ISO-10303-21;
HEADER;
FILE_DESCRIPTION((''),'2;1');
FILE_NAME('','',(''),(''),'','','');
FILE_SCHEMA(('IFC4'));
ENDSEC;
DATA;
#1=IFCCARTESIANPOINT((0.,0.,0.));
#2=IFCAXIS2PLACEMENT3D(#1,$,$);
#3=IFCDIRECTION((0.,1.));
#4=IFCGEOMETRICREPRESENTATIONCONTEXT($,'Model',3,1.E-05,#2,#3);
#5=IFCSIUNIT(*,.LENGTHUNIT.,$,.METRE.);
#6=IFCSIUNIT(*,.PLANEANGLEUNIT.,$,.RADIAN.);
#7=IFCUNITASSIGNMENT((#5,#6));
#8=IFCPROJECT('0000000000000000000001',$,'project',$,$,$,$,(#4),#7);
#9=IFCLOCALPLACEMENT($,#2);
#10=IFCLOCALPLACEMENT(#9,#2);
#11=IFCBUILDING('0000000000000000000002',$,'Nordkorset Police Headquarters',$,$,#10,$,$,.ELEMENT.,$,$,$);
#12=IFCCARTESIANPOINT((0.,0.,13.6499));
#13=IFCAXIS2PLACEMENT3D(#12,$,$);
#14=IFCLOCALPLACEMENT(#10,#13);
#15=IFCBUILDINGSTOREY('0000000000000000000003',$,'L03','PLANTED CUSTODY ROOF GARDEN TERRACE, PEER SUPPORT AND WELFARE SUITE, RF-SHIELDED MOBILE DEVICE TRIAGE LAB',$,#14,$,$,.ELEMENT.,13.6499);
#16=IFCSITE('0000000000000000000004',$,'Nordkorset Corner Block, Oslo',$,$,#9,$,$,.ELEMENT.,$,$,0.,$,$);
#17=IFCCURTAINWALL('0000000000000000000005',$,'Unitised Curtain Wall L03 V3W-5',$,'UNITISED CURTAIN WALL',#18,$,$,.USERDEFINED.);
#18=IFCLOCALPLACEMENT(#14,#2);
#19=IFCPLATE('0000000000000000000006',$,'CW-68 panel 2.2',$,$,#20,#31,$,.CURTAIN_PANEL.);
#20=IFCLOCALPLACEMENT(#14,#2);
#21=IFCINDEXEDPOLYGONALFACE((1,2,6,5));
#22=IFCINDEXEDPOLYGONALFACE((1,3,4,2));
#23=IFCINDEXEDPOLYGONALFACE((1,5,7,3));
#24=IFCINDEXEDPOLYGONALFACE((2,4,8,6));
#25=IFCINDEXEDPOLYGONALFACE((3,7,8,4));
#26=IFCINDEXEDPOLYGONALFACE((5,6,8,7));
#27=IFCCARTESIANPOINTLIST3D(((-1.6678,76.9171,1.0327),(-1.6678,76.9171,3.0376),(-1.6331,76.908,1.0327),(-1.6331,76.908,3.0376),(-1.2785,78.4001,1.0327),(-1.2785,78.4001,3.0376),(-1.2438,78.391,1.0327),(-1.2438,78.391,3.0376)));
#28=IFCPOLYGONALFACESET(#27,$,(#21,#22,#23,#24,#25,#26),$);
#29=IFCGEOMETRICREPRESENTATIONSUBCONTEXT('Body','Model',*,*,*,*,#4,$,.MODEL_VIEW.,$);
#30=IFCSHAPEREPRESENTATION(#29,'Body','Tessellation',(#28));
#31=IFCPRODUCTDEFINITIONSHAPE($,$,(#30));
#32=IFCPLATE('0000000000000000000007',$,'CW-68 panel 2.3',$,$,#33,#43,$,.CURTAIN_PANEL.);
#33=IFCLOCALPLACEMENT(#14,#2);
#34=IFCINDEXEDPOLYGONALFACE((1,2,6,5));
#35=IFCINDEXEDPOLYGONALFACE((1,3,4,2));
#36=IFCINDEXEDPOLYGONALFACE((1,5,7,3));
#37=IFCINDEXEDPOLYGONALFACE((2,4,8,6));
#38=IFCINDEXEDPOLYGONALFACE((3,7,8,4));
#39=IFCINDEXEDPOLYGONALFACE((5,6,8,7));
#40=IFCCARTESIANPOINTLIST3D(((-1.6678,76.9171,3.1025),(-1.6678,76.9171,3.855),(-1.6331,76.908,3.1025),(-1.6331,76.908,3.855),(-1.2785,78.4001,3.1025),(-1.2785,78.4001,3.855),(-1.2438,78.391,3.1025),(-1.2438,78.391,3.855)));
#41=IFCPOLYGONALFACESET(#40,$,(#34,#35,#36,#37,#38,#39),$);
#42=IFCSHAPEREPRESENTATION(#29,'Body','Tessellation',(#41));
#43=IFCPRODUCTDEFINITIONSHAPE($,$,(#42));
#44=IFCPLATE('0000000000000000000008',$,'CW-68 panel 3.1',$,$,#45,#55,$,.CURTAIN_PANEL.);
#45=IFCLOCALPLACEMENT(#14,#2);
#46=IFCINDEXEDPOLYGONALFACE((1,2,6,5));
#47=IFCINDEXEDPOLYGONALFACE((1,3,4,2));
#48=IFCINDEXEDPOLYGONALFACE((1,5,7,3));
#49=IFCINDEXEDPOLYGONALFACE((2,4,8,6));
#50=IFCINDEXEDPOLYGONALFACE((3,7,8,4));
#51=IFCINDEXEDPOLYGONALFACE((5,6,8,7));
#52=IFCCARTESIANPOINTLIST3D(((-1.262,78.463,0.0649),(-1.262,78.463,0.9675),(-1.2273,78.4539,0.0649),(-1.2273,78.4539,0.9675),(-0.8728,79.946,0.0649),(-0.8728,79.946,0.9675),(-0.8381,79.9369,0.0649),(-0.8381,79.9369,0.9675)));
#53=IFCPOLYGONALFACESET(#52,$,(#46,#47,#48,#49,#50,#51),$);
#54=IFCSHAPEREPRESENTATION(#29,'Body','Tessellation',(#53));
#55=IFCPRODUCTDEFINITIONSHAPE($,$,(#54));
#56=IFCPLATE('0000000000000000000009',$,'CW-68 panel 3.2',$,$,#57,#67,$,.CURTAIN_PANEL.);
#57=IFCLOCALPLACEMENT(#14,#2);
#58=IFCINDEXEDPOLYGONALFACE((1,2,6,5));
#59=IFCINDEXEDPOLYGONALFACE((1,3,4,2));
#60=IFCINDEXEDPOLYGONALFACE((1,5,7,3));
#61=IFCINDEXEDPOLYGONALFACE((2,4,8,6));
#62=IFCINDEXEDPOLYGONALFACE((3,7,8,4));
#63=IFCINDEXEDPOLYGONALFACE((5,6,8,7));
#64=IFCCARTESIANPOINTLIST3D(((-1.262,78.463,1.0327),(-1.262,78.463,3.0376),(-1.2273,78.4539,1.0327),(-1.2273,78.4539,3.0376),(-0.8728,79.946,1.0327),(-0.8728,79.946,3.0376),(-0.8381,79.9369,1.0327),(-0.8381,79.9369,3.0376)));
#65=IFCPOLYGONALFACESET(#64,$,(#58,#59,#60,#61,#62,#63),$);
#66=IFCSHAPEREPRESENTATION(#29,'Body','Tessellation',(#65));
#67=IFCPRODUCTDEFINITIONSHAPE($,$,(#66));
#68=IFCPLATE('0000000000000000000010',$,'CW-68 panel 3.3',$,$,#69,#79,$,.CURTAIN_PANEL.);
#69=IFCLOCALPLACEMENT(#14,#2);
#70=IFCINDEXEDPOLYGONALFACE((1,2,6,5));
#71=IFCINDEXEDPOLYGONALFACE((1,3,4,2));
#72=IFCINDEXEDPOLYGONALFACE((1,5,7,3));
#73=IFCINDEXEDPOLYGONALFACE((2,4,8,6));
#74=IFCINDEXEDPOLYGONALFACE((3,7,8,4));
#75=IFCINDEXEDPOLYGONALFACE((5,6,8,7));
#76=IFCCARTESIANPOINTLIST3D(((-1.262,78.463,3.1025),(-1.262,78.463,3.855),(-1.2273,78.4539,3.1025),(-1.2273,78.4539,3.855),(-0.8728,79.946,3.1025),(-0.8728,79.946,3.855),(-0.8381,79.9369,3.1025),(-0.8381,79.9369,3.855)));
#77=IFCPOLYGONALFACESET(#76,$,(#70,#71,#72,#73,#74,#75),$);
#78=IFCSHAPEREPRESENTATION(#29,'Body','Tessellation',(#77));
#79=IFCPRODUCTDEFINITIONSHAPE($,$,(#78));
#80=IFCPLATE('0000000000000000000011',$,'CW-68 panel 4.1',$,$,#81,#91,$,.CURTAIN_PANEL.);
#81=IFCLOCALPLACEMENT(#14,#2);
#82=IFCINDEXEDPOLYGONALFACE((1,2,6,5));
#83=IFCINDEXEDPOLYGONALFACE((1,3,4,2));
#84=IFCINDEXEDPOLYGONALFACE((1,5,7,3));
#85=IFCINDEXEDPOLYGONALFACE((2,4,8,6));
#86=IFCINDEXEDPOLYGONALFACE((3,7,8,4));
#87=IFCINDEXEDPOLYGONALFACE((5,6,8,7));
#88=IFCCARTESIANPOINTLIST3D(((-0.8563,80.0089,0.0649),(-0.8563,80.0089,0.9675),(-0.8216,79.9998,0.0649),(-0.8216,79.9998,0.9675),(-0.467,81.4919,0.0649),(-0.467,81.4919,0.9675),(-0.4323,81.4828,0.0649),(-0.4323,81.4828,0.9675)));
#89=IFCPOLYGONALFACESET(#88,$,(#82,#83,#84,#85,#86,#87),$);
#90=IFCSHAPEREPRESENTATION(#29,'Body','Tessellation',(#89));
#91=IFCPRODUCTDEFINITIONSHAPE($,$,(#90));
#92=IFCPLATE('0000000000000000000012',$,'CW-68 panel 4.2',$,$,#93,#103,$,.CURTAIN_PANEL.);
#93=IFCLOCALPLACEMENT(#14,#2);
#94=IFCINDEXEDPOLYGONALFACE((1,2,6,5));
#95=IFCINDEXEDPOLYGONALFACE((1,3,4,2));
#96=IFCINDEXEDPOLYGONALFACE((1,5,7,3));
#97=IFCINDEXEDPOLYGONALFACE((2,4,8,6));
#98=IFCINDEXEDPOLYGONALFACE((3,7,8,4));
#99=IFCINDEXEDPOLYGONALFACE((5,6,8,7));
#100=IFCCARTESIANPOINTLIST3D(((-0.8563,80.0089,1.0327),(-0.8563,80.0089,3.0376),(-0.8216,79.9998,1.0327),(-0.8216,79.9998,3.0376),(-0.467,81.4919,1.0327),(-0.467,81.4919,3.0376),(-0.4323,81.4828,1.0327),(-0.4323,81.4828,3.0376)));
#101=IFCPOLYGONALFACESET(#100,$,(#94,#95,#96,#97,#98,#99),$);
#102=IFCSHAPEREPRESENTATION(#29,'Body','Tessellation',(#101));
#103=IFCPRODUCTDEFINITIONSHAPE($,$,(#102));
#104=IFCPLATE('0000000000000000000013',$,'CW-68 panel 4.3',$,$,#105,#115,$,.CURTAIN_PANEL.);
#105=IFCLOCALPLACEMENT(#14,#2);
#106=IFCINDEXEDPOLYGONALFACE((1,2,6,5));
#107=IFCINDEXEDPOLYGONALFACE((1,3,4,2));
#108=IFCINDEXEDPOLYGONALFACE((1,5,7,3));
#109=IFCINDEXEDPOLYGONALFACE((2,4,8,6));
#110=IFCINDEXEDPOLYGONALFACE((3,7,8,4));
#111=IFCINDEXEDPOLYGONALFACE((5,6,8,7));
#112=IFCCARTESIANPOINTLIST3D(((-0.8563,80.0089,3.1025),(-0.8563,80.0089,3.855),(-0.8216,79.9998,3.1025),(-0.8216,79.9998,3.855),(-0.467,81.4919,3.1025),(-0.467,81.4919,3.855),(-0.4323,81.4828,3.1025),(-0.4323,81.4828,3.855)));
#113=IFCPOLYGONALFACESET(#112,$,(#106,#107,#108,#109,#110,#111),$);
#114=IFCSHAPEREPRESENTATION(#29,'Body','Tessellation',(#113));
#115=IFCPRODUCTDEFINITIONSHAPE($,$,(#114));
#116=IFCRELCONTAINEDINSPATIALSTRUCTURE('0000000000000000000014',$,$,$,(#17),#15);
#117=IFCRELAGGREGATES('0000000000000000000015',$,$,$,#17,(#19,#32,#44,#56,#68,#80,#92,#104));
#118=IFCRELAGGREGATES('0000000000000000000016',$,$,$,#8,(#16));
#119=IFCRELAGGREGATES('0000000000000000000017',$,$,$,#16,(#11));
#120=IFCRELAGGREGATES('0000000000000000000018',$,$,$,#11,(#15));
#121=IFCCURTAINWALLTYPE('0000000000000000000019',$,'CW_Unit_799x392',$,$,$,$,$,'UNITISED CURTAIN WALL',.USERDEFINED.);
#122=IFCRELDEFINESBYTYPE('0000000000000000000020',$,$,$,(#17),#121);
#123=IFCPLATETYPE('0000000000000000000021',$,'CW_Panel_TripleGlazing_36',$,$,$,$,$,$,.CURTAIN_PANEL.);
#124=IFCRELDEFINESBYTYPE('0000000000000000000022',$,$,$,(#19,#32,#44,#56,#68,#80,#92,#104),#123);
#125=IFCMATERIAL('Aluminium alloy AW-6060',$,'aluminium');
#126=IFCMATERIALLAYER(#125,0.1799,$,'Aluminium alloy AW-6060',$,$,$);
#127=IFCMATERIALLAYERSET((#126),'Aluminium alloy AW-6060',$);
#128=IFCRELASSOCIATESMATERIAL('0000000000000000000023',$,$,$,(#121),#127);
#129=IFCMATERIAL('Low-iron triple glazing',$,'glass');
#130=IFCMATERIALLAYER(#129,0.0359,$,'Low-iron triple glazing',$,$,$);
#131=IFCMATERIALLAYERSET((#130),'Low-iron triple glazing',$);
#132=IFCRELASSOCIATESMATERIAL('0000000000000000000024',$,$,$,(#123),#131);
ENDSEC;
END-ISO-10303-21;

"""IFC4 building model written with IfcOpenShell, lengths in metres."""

from ifc_helpers import new_model, si_unit, direction, frame, origin, origin_2d, place, context, subcontext, project, spatial, rectangle, extrude, material, layer, layer_set, type_object, element, aggregate, save


model = new_model("IFC4")

# Units and contexts
model_context = context("Model", 3, precision=1e-05, world=origin(), true_north=direction((0.0, 1.0)))
body_context = subcontext(model_context, "Body", "Model", "MODEL_VIEW")
ifc_project = project(units=[si_unit("LENGTHUNIT", "METRE"), si_unit("PLANEANGLEUNIT", "RADIAN")], contexts=[model_context])

# Site, building, storey
site_placement = place(None, origin())
site = spatial("IfcSite", under=ifc_project, at=site_placement, Name="Nordkorset Corner Block, Oslo", CompositionType="ELEMENT", RefElevation=0.0)
building_placement = place(site_placement, origin())
building = spatial("IfcBuilding", under=site, at=building_placement, Name="Nordkorset Police Headquarters", CompositionType="ELEMENT")
storey_placement = place(building_placement, frame((0.0, 0.0, 13.6499)))
storey = spatial("IfcBuildingStorey", under=building, at=storey_placement, Name="L03", Description="PLANTED CUSTODY ROOF GARDEN TERRACE, PEER SUPPORT AND WELFARE SUITE, RF-SHIELDED MOBILE DEVICE TRIAGE LAB", CompositionType="ELEMENT", Elevation=13.6499)

# Curtain wall, plates
ifc_material_1 = material(Name="Aluminium alloy AW-6060", Category="aluminium")
ifc_layer_1 = layer(ifc_material_1, 0.1799, Name="Aluminium alloy AW-6060")
ifc_layer_set_1 = layer_set([ifc_layer_1], Name="Aluminium alloy AW-6060")
curtain_wall_type = type_object("IfcCurtainWallType", Name="CW_Unit_799x392", ElementType="UNITISED CURTAIN WALL", PredefinedType="USERDEFINED", material=ifc_layer_set_1)
curtain_wall_placement = place(storey_placement, origin())
curtain_wall = element("IfcCurtainWall", 1, at=curtain_wall_placement, inside=storey, type_object=curtain_wall_type, Name="Unitised Curtain Wall L03 V3W-5", ObjectType="UNITISED CURTAIN WALL", PredefinedType="USERDEFINED")
ifc_material_2 = material(Name="Low-iron triple glazing", Category="glass")
ifc_layer_2 = layer(ifc_material_2, 0.0359, Name="Low-iron triple glazing")
ifc_layer_set_2 = layer_set([ifc_layer_2], Name="Low-iron triple glazing")
plate_type = type_object("IfcPlateType", Name="CW_Panel_TripleGlazing_36", PredefinedType="CURTAIN_PANEL", material=ifc_layer_set_2)
plate_1_placement = place(storey_placement, frame((-1.4558, 77.6541, 1.0327), z_axis=(0.0, 0.0, 1.0), x_axis=(0.253897, 0.967231, 0.0)))
plate_1 = element("IfcPlate", 2, at=plate_1_placement, type_object=plate_type, Name="CW-68 panel 2.2", PredefinedType="CURTAIN_PANEL", context=body_context, shape_type="SweptSolid", body=[
    extrude(rectangle(XDim=1.5332, YDim=0.0359, at=origin_2d()), origin(), (0.0, 0.0, 1.0), 2.0049),
])
plate_2_placement = place(storey_placement, frame((-1.4558, 77.6541, 3.1025), z_axis=(0.0, 0.0, 1.0), x_axis=(0.253897, 0.967231, 0.0)))
plate_2 = element("IfcPlate", 3, at=plate_2_placement, type_object=plate_type, Name="CW-68 panel 2.3", PredefinedType="CURTAIN_PANEL", context=body_context, shape_type="SweptSolid", body=[
    extrude(rectangle(XDim=1.5332, YDim=0.0359, at=origin_2d()), origin(), (0.0, 0.0, 1.0), 0.7524),
])
plate_3_placement = place(storey_placement, frame((-1.05, 79.2, 0.0649), z_axis=(0.0, 0.0, 1.0), x_axis=(0.253897, 0.967231, 0.0)))
plate_3 = element("IfcPlate", 4, at=plate_3_placement, type_object=plate_type, Name="CW-68 panel 3.1", PredefinedType="CURTAIN_PANEL", context=body_context, shape_type="SweptSolid", body=[
    extrude(rectangle(XDim=1.5332, YDim=0.0359, at=origin_2d()), origin(), (0.0, 0.0, 1.0), 0.9026),
])
plate_4_placement = place(storey_placement, frame((-1.05, 79.2, 1.0327), z_axis=(0.0, 0.0, 1.0), x_axis=(0.253897, 0.967231, 0.0)))
plate_4 = element("IfcPlate", 5, at=plate_4_placement, type_object=plate_type, Name="CW-68 panel 3.2", PredefinedType="CURTAIN_PANEL", context=body_context, shape_type="SweptSolid", body=[
    extrude(rectangle(XDim=1.5332, YDim=0.0359, at=origin_2d()), origin(), (0.0, 0.0, 1.0), 2.0049),
])
plate_5_placement = place(storey_placement, frame((-1.05, 79.2, 3.1025), z_axis=(0.0, 0.0, 1.0), x_axis=(0.253897, 0.967231, 0.0)))
plate_5 = element("IfcPlate", 6, at=plate_5_placement, type_object=plate_type, Name="CW-68 panel 3.3", PredefinedType="CURTAIN_PANEL", context=body_context, shape_type="SweptSolid", body=[
    extrude(rectangle(XDim=1.5332, YDim=0.0359, at=origin_2d()), origin(), (0.0, 0.0, 1.0), 0.7524),
])
plate_6_placement = place(storey_placement, frame((-0.6443, 80.7458, 0.0649), z_axis=(0.0, 0.0, 1.0), x_axis=(0.253897, 0.967231, 0.0)))
plate_6 = element("IfcPlate", 7, at=plate_6_placement, type_object=plate_type, Name="CW-68 panel 4.1", PredefinedType="CURTAIN_PANEL", context=body_context, shape_type="SweptSolid", body=[
    extrude(rectangle(XDim=1.5332, YDim=0.0359, at=origin_2d()), origin(), (0.0, 0.0, 1.0), 0.9026),
])
plate_7_placement = place(storey_placement, frame((-0.6443, 80.7458, 1.0327), z_axis=(0.0, 0.0, 1.0), x_axis=(0.253897, 0.967231, 0.0)))
plate_7 = element("IfcPlate", 8, at=plate_7_placement, type_object=plate_type, Name="CW-68 panel 4.2", PredefinedType="CURTAIN_PANEL", context=body_context, shape_type="SweptSolid", body=[
    extrude(rectangle(XDim=1.5332, YDim=0.0359, at=origin_2d()), origin(), (0.0, 0.0, 1.0), 2.0049),
])
plate_8_placement = place(storey_placement, frame((-0.6443, 80.7458, 3.1025), z_axis=(0.0, 0.0, 1.0), x_axis=(0.253897, 0.967231, 0.0)))
plate_8 = element("IfcPlate", 9, at=plate_8_placement, type_object=plate_type, Name="CW-68 panel 4.3", PredefinedType="CURTAIN_PANEL", context=body_context, shape_type="SweptSolid", body=[
    extrude(rectangle(XDim=1.5332, YDim=0.0359, at=origin_2d()), origin(), (0.0, 0.0, 1.0), 0.7524),
])
aggregate(curtain_wall, [plate_1, plate_2, plate_3, plate_4, plate_5, plate_6, plate_7, plate_8])

save(model, "model.ifc")
